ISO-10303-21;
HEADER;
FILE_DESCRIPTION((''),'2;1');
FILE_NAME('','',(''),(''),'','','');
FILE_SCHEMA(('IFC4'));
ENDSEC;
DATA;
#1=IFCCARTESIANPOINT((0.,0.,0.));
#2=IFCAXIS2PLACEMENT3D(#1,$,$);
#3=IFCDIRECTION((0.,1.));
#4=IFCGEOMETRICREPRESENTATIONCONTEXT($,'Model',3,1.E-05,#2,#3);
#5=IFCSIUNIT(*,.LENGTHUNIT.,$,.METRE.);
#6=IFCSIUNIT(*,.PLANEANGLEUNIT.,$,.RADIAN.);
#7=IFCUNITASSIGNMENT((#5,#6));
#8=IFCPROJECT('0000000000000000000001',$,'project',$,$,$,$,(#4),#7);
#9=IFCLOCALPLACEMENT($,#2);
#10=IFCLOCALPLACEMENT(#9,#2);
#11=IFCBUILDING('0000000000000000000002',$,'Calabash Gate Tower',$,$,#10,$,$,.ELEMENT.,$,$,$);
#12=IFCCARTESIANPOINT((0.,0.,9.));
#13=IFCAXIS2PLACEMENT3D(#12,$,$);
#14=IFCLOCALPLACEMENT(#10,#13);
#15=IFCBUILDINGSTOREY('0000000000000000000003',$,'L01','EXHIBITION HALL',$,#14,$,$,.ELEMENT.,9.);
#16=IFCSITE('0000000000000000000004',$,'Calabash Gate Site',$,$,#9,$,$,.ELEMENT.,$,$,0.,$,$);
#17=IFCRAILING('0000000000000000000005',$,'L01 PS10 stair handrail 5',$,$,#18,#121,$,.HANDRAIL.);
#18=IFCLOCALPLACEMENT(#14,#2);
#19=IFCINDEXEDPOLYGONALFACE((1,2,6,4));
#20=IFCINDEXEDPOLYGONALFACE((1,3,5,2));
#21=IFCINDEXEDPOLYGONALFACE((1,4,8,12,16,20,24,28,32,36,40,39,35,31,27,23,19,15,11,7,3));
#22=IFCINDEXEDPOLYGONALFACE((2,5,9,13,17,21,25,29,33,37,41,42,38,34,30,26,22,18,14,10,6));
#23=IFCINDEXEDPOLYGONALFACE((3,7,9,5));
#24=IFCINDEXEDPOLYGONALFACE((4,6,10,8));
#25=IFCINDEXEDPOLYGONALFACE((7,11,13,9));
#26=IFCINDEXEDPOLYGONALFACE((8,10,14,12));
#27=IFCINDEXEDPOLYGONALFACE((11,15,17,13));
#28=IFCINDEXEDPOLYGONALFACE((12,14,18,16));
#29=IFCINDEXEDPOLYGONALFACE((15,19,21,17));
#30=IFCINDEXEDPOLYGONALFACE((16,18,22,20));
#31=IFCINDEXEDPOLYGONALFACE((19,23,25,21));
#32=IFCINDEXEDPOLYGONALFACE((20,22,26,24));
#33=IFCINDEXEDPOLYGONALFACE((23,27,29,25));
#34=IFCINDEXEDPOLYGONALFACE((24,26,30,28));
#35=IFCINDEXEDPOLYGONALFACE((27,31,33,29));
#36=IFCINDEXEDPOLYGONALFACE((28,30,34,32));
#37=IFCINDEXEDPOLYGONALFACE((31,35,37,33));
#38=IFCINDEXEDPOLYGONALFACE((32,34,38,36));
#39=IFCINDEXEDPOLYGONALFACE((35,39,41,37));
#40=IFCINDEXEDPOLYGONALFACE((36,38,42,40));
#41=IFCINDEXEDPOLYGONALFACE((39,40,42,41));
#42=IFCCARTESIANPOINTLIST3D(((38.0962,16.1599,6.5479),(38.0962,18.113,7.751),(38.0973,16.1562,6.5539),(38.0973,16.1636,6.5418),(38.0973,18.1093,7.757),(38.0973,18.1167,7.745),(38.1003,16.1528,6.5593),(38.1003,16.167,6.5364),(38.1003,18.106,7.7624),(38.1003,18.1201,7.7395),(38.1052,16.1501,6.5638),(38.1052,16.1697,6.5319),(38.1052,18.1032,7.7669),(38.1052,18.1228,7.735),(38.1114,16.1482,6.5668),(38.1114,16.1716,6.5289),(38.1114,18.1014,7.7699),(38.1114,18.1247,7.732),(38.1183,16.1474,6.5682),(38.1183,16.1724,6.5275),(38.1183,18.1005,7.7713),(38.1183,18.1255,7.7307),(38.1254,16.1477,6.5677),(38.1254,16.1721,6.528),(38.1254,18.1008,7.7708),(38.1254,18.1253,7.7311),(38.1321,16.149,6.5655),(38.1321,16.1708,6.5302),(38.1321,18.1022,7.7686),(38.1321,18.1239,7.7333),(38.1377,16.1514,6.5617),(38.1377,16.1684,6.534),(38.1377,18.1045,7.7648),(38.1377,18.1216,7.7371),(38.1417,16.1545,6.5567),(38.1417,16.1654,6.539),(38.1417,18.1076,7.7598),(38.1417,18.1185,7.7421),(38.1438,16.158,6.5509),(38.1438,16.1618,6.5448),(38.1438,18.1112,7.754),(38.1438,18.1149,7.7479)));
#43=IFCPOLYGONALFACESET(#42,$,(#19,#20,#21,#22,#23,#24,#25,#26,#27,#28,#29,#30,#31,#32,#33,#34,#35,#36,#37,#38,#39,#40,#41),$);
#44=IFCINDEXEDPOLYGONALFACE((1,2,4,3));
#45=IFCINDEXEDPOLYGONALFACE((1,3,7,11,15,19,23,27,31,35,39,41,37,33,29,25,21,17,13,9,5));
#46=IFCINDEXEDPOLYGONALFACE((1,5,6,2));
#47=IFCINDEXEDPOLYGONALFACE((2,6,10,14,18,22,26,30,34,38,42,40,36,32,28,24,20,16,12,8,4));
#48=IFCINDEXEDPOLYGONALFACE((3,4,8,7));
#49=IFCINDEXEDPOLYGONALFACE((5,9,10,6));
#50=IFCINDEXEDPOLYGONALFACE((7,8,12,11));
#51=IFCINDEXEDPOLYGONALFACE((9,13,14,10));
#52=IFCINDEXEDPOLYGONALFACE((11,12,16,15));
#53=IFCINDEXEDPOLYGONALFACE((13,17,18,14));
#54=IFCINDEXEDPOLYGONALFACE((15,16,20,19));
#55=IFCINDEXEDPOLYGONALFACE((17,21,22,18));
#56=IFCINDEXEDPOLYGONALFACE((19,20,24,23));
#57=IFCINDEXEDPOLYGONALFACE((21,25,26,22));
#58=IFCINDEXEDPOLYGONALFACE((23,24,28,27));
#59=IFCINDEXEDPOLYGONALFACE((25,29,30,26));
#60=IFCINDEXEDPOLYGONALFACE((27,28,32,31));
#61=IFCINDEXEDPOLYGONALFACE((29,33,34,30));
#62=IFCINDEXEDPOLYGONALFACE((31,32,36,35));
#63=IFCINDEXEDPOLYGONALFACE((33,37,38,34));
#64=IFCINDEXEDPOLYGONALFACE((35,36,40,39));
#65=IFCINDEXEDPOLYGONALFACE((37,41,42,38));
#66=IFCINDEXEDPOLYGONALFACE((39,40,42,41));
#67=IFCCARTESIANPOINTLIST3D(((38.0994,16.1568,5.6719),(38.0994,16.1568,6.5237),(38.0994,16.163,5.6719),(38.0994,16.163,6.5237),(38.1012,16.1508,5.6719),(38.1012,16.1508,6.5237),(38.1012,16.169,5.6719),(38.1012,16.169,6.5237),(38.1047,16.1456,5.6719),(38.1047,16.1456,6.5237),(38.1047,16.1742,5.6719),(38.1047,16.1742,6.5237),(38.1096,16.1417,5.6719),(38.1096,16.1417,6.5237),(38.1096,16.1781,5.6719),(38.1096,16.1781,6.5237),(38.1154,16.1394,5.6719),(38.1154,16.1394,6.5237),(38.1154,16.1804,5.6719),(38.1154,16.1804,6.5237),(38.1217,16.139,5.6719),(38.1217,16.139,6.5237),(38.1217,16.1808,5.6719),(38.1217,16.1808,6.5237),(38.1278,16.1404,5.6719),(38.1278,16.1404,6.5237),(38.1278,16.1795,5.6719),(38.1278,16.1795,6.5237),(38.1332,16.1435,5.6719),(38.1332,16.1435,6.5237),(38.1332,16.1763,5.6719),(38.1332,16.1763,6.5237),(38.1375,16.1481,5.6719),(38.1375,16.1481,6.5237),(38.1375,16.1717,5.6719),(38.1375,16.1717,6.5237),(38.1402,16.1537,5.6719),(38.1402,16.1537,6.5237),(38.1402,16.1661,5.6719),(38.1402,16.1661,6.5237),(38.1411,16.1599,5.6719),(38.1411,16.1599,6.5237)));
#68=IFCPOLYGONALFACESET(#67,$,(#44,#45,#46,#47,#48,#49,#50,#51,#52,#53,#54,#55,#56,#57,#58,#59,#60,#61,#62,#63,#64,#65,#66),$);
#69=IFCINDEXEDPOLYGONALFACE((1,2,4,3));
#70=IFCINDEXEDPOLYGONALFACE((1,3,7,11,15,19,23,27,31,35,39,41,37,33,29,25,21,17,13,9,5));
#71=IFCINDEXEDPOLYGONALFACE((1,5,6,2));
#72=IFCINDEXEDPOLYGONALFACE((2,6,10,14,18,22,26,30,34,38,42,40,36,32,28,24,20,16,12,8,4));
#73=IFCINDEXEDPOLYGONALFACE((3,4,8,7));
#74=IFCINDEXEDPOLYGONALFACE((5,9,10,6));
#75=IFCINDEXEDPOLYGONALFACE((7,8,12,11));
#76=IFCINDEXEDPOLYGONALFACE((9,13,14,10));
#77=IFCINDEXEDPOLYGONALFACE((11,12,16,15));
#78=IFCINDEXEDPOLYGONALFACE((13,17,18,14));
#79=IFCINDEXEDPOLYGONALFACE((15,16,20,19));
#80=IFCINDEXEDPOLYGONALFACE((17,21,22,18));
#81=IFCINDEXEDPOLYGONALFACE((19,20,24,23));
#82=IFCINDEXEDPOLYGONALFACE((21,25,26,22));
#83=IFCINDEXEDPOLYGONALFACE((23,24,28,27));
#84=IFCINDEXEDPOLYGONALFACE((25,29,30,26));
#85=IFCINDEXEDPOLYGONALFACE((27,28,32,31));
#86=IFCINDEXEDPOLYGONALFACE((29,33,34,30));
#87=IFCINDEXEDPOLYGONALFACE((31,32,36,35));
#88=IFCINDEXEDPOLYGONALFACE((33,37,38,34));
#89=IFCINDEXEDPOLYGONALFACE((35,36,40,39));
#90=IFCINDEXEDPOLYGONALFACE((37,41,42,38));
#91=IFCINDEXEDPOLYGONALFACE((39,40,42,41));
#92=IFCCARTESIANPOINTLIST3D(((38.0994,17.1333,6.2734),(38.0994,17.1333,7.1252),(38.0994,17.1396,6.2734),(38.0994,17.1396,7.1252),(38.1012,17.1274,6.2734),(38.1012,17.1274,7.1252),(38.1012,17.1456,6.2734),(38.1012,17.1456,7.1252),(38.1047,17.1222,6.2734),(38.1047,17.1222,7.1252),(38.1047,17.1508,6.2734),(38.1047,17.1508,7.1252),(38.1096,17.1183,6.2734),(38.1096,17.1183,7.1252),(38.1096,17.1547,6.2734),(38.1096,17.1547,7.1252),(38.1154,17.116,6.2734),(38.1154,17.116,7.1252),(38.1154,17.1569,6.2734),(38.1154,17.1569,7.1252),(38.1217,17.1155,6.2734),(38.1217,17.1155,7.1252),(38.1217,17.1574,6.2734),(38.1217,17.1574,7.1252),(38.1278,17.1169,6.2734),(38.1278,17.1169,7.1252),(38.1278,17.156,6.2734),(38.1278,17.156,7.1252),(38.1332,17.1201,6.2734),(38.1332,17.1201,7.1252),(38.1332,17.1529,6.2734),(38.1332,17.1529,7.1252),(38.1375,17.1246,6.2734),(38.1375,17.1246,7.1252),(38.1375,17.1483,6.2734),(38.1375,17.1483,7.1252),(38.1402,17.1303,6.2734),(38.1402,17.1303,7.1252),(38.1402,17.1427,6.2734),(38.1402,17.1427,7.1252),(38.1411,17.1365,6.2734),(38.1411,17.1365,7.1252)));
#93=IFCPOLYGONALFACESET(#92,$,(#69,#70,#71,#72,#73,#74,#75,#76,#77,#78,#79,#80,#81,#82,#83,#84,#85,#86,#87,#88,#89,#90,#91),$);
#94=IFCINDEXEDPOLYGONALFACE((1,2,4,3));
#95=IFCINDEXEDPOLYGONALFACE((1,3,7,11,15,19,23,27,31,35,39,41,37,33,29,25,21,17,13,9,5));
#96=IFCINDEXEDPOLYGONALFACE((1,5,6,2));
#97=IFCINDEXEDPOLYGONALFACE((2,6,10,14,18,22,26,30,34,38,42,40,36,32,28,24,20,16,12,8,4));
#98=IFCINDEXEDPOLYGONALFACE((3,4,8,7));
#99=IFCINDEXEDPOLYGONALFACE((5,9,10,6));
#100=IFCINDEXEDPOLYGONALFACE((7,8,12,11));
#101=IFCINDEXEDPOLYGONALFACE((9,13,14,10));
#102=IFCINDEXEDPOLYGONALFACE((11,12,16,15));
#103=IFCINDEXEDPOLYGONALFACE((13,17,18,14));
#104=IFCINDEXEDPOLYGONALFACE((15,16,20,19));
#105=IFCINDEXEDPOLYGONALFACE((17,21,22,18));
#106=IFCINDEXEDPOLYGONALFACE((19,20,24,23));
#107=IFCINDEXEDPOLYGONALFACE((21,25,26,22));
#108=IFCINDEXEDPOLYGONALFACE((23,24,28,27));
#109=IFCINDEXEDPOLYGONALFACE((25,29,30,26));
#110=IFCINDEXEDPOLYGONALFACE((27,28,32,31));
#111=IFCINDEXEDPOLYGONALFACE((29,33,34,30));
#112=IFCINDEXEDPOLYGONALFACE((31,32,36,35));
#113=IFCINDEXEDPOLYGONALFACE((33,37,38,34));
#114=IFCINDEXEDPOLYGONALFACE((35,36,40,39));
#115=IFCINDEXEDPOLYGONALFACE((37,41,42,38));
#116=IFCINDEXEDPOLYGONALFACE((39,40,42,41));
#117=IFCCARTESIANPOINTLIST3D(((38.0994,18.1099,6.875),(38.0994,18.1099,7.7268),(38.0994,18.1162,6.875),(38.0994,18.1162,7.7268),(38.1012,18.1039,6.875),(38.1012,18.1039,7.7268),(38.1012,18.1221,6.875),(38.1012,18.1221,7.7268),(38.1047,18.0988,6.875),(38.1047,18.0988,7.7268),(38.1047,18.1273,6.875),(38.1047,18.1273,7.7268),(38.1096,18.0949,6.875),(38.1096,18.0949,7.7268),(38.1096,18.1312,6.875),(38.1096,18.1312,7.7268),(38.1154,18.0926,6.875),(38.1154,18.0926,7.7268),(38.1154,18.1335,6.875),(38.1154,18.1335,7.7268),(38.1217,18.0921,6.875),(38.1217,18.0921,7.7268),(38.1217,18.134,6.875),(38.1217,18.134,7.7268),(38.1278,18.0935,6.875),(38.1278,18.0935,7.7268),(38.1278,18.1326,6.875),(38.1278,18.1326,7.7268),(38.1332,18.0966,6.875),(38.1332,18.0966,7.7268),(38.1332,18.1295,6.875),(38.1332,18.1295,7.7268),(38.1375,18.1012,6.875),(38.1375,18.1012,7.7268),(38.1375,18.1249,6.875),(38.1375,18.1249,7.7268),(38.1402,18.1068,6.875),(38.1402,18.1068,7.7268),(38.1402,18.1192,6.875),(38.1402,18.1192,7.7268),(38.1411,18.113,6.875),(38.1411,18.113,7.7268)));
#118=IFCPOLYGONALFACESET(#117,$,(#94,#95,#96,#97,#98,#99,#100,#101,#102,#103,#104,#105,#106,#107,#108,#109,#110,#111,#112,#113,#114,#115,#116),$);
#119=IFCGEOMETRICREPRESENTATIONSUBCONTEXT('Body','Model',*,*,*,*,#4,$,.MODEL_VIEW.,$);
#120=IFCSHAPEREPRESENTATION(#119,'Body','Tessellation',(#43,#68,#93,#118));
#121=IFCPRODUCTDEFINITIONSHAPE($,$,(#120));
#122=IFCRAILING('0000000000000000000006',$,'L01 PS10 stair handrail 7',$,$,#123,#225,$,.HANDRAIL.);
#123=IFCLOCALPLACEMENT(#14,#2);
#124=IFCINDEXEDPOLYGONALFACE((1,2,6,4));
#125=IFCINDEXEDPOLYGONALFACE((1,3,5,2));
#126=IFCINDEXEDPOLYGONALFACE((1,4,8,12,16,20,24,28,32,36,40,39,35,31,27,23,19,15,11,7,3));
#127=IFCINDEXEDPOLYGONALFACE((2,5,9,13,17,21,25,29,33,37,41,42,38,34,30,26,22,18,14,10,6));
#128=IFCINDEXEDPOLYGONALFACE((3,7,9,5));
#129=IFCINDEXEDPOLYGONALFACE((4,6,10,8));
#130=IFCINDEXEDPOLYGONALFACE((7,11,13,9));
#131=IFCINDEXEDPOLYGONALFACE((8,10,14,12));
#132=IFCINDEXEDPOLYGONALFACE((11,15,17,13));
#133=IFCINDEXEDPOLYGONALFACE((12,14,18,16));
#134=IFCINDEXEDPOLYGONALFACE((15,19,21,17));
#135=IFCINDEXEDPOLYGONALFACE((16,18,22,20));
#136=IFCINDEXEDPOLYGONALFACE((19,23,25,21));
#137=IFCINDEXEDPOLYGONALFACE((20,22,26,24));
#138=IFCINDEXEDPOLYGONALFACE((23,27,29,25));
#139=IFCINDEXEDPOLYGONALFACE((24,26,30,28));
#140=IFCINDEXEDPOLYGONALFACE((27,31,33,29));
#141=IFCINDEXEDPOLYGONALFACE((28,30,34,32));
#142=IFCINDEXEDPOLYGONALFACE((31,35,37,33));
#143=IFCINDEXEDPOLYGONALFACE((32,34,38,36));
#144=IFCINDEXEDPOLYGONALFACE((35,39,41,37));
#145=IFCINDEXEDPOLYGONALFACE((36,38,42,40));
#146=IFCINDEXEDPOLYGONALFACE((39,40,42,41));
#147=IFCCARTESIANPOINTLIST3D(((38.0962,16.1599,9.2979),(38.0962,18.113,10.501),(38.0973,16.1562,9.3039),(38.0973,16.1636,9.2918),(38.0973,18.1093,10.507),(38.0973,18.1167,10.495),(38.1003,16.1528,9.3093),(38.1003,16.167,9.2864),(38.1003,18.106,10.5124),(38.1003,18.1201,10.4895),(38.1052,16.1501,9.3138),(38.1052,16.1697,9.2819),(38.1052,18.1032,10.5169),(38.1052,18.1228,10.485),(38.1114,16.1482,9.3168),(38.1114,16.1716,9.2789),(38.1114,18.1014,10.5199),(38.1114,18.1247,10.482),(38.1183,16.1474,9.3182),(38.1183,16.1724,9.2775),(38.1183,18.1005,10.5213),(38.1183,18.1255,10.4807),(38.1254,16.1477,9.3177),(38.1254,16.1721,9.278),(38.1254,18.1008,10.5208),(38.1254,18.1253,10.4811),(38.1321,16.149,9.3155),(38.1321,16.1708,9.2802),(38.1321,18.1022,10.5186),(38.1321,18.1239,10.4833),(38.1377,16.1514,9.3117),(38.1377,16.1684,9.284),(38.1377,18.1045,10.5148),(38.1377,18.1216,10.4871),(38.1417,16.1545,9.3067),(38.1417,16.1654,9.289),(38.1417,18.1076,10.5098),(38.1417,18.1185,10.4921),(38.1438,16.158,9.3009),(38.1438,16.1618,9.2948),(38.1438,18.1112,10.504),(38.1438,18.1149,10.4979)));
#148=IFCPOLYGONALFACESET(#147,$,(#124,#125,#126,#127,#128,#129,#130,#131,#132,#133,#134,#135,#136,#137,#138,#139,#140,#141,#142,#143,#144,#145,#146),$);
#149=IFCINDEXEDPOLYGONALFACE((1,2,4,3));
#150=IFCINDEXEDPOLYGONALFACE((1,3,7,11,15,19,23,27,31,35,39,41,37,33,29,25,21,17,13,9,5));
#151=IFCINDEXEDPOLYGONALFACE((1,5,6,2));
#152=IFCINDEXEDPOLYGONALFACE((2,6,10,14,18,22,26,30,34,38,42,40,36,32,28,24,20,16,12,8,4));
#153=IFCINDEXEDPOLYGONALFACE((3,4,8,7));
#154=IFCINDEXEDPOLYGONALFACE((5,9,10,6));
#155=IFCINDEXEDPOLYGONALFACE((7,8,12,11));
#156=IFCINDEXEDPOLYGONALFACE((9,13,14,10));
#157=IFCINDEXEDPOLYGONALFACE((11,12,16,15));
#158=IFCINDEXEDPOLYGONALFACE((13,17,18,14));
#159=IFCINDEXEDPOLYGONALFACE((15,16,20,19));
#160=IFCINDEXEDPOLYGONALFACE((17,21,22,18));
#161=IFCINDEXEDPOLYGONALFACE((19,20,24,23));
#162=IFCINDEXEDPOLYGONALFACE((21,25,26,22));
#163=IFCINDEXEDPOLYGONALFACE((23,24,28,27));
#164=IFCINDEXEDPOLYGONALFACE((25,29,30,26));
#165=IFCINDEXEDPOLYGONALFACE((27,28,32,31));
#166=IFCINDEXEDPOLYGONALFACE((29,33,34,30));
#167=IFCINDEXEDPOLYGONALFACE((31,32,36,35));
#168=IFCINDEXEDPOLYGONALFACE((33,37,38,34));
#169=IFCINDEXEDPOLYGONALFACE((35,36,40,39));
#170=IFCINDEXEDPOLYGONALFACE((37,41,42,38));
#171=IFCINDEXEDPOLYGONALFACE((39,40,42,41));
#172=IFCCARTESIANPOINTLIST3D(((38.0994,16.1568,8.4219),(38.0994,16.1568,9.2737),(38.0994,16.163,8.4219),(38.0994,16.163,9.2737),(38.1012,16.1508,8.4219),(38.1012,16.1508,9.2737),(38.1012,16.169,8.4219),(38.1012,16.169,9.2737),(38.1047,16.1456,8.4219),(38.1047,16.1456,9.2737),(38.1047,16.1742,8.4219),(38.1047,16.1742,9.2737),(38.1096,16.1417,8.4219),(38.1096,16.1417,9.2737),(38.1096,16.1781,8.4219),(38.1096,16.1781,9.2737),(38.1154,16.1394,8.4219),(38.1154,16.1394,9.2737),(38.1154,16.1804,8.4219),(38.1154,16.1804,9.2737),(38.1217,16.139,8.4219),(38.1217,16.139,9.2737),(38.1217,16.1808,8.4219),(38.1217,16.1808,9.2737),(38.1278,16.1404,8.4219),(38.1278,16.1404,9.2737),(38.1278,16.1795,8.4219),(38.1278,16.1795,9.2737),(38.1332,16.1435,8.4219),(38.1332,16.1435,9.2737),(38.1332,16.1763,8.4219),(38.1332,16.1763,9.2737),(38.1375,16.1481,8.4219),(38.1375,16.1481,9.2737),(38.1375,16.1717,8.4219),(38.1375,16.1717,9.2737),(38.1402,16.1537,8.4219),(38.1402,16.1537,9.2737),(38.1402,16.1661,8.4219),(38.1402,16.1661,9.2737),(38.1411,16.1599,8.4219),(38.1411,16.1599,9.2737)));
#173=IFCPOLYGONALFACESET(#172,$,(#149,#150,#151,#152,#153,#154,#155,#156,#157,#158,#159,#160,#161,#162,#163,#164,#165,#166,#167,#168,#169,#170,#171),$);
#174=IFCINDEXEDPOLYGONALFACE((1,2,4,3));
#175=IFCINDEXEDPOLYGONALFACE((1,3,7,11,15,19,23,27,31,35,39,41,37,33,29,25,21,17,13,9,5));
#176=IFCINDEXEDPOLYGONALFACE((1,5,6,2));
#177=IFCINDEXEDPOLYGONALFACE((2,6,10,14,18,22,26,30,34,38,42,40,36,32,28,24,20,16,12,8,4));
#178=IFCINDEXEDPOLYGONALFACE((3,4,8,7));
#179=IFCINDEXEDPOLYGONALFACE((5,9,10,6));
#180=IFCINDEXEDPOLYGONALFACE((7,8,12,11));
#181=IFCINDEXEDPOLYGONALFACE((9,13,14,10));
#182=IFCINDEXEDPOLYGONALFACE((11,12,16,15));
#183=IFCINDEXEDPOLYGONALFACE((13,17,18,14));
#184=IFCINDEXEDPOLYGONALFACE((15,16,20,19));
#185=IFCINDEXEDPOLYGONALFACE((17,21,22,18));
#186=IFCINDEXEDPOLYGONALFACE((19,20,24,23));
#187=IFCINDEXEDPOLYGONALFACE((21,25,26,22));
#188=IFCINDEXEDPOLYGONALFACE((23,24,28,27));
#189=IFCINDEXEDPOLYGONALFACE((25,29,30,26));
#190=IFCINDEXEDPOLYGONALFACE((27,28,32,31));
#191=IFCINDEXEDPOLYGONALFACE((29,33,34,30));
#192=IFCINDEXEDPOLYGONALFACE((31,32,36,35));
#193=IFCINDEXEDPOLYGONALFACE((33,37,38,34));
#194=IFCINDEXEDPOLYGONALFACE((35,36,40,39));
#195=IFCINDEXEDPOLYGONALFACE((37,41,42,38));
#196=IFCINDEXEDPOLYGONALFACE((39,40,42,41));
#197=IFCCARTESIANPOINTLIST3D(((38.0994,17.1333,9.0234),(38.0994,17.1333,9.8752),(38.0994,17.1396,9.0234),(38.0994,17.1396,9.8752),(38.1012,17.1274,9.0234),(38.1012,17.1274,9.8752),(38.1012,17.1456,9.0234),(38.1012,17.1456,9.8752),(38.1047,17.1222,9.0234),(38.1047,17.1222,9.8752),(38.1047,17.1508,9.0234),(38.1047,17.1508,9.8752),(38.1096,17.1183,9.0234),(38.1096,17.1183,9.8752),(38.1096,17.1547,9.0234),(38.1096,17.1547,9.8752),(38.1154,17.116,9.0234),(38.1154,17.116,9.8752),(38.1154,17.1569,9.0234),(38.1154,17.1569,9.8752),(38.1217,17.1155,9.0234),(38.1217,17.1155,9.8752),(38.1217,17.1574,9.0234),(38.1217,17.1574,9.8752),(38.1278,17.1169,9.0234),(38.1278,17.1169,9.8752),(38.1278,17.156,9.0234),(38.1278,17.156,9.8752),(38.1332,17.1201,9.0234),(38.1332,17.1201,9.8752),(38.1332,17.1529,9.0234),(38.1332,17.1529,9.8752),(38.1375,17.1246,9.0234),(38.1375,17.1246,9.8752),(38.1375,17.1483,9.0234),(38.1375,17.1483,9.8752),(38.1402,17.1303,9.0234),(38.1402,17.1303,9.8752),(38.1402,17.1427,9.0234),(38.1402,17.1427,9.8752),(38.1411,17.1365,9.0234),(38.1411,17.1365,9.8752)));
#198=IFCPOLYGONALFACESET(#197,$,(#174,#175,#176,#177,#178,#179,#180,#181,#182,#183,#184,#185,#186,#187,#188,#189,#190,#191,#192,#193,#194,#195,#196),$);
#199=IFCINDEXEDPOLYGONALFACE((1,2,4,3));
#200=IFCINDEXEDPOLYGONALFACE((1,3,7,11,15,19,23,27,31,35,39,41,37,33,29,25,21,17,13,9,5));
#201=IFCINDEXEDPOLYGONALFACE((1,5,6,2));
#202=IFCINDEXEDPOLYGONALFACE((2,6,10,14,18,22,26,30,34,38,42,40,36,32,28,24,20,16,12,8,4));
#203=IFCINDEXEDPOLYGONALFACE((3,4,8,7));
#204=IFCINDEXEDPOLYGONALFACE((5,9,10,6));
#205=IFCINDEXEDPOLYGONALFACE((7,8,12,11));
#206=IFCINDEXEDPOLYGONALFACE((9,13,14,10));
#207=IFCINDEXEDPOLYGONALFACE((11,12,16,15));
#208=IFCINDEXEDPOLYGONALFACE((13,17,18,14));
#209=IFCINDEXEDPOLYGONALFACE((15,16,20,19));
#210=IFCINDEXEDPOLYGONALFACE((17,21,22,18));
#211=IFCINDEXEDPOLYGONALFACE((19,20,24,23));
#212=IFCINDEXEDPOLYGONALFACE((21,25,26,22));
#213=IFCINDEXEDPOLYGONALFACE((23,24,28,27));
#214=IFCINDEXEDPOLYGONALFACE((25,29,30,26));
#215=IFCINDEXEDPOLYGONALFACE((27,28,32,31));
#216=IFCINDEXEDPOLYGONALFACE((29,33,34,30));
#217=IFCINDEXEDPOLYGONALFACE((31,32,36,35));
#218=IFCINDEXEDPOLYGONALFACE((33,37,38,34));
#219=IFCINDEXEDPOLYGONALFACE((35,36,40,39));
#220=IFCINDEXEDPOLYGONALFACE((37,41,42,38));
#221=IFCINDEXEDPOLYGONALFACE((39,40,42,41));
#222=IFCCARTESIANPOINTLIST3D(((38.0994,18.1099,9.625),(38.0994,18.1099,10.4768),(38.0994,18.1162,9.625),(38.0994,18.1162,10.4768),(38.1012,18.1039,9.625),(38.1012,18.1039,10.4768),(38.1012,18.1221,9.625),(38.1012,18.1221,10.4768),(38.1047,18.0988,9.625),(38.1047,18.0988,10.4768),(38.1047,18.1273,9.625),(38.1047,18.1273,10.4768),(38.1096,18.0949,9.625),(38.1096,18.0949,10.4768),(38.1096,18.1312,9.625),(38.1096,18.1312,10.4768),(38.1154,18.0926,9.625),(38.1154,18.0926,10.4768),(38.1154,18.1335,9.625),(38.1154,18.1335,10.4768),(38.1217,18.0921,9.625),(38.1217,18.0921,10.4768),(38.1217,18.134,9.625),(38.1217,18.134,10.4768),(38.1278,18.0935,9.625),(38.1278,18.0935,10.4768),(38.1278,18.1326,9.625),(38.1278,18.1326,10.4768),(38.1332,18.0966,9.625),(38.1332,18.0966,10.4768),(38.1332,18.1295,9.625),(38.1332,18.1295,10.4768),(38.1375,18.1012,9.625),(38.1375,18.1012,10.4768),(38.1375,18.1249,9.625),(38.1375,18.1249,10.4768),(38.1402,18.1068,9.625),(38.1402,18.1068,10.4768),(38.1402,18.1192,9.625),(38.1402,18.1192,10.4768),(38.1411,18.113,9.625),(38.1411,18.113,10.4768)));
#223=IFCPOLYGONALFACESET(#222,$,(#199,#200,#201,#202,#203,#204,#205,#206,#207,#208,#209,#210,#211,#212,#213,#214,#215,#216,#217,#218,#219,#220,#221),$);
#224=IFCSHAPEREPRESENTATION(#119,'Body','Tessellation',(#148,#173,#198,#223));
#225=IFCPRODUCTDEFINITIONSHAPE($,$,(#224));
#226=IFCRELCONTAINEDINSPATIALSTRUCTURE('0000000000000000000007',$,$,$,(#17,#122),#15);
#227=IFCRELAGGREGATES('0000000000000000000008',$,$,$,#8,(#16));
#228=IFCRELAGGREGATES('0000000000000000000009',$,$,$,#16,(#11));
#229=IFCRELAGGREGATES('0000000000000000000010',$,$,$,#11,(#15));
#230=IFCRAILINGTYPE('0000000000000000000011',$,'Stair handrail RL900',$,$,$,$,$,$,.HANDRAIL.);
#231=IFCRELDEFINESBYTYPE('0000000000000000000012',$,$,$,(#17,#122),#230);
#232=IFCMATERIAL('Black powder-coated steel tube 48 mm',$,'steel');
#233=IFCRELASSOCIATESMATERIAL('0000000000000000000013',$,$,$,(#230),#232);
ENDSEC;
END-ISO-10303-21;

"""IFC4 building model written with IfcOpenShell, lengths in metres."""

from ifc_helpers import new_model, si_unit, direction, frame, origin, origin_2d, place, context, subcontext, project, spatial, circle, extrude, material, type_object, element, save


model = new_model("IFC4")

# Units and contexts
model_context = context("Model", 3, precision=1e-05, world=origin(), true_north=direction((0.0, 1.0)))
body_context = subcontext(model_context, "Body", "Model", "MODEL_VIEW")
ifc_project = project(units=[si_unit("LENGTHUNIT", "METRE"), si_unit("PLANEANGLEUNIT", "RADIAN")], contexts=[model_context])

# Site, building, storey
site_placement = place(None, origin())
site = spatial("IfcSite", under=ifc_project, at=site_placement, Name="Calabash Gate Site", CompositionType="ELEMENT", RefElevation=0.0)
building_placement = place(site_placement, origin())
building = spatial("IfcBuilding", under=site, at=building_placement, Name="Calabash Gate Tower", CompositionType="ELEMENT")
storey_placement = place(building_placement, frame((0.0, 0.0, 9.0)))
storey = spatial("IfcBuildingStorey", under=building, at=storey_placement, Name="L01", Description="EXHIBITION HALL", CompositionType="ELEMENT", Elevation=9.0)

# Railings
ifc_material_1 = material(Name="Black powder-coated steel tube 48 mm", Category="steel")
railing_type_1 = type_object("IfcRailingType", Name="Stair handrail RL900", PredefinedType="HANDRAIL", material=ifc_material_1)
for number, where, name in (
    (1, (38.1201, 16.1599, 5.6719), "L01 PS10 stair handrail 5"),
    (2, (38.1201, 16.1599, 8.4219), "L01 PS10 stair handrail 7"),
):
    element("IfcRailing", number, at=place(storey_placement, frame(where)), inside=storey, type_object=railing_type_1, Name=name, PredefinedType="HANDRAIL", context=body_context, shape_type="SweptSolid", body=[
        extrude(circle(Radius=0.0239, at=origin_2d()), frame((0.0, 0.0, 0.876), z_axis=(0.0, 0.851424, 0.524477), x_axis=(-1.0, 0.0, 0.0)), (0.0, 0.0, 1.0), 2.2939),
        extrude(circle(Radius=0.021, at=origin_2d()), origin(), (0.0, 0.0, 1.0), 0.8518),
        extrude(circle(Radius=0.021, at=origin_2d()), frame((0.0, 0.9766, 0.6016)), (0.0, 0.0, 1.0), 0.8518),
        extrude(circle(Radius=0.021, at=origin_2d()), frame((0.0, 1.9531, 1.2031)), (0.0, 0.0, 1.0), 0.8518),
    ])

save(model, "model.ifc")
